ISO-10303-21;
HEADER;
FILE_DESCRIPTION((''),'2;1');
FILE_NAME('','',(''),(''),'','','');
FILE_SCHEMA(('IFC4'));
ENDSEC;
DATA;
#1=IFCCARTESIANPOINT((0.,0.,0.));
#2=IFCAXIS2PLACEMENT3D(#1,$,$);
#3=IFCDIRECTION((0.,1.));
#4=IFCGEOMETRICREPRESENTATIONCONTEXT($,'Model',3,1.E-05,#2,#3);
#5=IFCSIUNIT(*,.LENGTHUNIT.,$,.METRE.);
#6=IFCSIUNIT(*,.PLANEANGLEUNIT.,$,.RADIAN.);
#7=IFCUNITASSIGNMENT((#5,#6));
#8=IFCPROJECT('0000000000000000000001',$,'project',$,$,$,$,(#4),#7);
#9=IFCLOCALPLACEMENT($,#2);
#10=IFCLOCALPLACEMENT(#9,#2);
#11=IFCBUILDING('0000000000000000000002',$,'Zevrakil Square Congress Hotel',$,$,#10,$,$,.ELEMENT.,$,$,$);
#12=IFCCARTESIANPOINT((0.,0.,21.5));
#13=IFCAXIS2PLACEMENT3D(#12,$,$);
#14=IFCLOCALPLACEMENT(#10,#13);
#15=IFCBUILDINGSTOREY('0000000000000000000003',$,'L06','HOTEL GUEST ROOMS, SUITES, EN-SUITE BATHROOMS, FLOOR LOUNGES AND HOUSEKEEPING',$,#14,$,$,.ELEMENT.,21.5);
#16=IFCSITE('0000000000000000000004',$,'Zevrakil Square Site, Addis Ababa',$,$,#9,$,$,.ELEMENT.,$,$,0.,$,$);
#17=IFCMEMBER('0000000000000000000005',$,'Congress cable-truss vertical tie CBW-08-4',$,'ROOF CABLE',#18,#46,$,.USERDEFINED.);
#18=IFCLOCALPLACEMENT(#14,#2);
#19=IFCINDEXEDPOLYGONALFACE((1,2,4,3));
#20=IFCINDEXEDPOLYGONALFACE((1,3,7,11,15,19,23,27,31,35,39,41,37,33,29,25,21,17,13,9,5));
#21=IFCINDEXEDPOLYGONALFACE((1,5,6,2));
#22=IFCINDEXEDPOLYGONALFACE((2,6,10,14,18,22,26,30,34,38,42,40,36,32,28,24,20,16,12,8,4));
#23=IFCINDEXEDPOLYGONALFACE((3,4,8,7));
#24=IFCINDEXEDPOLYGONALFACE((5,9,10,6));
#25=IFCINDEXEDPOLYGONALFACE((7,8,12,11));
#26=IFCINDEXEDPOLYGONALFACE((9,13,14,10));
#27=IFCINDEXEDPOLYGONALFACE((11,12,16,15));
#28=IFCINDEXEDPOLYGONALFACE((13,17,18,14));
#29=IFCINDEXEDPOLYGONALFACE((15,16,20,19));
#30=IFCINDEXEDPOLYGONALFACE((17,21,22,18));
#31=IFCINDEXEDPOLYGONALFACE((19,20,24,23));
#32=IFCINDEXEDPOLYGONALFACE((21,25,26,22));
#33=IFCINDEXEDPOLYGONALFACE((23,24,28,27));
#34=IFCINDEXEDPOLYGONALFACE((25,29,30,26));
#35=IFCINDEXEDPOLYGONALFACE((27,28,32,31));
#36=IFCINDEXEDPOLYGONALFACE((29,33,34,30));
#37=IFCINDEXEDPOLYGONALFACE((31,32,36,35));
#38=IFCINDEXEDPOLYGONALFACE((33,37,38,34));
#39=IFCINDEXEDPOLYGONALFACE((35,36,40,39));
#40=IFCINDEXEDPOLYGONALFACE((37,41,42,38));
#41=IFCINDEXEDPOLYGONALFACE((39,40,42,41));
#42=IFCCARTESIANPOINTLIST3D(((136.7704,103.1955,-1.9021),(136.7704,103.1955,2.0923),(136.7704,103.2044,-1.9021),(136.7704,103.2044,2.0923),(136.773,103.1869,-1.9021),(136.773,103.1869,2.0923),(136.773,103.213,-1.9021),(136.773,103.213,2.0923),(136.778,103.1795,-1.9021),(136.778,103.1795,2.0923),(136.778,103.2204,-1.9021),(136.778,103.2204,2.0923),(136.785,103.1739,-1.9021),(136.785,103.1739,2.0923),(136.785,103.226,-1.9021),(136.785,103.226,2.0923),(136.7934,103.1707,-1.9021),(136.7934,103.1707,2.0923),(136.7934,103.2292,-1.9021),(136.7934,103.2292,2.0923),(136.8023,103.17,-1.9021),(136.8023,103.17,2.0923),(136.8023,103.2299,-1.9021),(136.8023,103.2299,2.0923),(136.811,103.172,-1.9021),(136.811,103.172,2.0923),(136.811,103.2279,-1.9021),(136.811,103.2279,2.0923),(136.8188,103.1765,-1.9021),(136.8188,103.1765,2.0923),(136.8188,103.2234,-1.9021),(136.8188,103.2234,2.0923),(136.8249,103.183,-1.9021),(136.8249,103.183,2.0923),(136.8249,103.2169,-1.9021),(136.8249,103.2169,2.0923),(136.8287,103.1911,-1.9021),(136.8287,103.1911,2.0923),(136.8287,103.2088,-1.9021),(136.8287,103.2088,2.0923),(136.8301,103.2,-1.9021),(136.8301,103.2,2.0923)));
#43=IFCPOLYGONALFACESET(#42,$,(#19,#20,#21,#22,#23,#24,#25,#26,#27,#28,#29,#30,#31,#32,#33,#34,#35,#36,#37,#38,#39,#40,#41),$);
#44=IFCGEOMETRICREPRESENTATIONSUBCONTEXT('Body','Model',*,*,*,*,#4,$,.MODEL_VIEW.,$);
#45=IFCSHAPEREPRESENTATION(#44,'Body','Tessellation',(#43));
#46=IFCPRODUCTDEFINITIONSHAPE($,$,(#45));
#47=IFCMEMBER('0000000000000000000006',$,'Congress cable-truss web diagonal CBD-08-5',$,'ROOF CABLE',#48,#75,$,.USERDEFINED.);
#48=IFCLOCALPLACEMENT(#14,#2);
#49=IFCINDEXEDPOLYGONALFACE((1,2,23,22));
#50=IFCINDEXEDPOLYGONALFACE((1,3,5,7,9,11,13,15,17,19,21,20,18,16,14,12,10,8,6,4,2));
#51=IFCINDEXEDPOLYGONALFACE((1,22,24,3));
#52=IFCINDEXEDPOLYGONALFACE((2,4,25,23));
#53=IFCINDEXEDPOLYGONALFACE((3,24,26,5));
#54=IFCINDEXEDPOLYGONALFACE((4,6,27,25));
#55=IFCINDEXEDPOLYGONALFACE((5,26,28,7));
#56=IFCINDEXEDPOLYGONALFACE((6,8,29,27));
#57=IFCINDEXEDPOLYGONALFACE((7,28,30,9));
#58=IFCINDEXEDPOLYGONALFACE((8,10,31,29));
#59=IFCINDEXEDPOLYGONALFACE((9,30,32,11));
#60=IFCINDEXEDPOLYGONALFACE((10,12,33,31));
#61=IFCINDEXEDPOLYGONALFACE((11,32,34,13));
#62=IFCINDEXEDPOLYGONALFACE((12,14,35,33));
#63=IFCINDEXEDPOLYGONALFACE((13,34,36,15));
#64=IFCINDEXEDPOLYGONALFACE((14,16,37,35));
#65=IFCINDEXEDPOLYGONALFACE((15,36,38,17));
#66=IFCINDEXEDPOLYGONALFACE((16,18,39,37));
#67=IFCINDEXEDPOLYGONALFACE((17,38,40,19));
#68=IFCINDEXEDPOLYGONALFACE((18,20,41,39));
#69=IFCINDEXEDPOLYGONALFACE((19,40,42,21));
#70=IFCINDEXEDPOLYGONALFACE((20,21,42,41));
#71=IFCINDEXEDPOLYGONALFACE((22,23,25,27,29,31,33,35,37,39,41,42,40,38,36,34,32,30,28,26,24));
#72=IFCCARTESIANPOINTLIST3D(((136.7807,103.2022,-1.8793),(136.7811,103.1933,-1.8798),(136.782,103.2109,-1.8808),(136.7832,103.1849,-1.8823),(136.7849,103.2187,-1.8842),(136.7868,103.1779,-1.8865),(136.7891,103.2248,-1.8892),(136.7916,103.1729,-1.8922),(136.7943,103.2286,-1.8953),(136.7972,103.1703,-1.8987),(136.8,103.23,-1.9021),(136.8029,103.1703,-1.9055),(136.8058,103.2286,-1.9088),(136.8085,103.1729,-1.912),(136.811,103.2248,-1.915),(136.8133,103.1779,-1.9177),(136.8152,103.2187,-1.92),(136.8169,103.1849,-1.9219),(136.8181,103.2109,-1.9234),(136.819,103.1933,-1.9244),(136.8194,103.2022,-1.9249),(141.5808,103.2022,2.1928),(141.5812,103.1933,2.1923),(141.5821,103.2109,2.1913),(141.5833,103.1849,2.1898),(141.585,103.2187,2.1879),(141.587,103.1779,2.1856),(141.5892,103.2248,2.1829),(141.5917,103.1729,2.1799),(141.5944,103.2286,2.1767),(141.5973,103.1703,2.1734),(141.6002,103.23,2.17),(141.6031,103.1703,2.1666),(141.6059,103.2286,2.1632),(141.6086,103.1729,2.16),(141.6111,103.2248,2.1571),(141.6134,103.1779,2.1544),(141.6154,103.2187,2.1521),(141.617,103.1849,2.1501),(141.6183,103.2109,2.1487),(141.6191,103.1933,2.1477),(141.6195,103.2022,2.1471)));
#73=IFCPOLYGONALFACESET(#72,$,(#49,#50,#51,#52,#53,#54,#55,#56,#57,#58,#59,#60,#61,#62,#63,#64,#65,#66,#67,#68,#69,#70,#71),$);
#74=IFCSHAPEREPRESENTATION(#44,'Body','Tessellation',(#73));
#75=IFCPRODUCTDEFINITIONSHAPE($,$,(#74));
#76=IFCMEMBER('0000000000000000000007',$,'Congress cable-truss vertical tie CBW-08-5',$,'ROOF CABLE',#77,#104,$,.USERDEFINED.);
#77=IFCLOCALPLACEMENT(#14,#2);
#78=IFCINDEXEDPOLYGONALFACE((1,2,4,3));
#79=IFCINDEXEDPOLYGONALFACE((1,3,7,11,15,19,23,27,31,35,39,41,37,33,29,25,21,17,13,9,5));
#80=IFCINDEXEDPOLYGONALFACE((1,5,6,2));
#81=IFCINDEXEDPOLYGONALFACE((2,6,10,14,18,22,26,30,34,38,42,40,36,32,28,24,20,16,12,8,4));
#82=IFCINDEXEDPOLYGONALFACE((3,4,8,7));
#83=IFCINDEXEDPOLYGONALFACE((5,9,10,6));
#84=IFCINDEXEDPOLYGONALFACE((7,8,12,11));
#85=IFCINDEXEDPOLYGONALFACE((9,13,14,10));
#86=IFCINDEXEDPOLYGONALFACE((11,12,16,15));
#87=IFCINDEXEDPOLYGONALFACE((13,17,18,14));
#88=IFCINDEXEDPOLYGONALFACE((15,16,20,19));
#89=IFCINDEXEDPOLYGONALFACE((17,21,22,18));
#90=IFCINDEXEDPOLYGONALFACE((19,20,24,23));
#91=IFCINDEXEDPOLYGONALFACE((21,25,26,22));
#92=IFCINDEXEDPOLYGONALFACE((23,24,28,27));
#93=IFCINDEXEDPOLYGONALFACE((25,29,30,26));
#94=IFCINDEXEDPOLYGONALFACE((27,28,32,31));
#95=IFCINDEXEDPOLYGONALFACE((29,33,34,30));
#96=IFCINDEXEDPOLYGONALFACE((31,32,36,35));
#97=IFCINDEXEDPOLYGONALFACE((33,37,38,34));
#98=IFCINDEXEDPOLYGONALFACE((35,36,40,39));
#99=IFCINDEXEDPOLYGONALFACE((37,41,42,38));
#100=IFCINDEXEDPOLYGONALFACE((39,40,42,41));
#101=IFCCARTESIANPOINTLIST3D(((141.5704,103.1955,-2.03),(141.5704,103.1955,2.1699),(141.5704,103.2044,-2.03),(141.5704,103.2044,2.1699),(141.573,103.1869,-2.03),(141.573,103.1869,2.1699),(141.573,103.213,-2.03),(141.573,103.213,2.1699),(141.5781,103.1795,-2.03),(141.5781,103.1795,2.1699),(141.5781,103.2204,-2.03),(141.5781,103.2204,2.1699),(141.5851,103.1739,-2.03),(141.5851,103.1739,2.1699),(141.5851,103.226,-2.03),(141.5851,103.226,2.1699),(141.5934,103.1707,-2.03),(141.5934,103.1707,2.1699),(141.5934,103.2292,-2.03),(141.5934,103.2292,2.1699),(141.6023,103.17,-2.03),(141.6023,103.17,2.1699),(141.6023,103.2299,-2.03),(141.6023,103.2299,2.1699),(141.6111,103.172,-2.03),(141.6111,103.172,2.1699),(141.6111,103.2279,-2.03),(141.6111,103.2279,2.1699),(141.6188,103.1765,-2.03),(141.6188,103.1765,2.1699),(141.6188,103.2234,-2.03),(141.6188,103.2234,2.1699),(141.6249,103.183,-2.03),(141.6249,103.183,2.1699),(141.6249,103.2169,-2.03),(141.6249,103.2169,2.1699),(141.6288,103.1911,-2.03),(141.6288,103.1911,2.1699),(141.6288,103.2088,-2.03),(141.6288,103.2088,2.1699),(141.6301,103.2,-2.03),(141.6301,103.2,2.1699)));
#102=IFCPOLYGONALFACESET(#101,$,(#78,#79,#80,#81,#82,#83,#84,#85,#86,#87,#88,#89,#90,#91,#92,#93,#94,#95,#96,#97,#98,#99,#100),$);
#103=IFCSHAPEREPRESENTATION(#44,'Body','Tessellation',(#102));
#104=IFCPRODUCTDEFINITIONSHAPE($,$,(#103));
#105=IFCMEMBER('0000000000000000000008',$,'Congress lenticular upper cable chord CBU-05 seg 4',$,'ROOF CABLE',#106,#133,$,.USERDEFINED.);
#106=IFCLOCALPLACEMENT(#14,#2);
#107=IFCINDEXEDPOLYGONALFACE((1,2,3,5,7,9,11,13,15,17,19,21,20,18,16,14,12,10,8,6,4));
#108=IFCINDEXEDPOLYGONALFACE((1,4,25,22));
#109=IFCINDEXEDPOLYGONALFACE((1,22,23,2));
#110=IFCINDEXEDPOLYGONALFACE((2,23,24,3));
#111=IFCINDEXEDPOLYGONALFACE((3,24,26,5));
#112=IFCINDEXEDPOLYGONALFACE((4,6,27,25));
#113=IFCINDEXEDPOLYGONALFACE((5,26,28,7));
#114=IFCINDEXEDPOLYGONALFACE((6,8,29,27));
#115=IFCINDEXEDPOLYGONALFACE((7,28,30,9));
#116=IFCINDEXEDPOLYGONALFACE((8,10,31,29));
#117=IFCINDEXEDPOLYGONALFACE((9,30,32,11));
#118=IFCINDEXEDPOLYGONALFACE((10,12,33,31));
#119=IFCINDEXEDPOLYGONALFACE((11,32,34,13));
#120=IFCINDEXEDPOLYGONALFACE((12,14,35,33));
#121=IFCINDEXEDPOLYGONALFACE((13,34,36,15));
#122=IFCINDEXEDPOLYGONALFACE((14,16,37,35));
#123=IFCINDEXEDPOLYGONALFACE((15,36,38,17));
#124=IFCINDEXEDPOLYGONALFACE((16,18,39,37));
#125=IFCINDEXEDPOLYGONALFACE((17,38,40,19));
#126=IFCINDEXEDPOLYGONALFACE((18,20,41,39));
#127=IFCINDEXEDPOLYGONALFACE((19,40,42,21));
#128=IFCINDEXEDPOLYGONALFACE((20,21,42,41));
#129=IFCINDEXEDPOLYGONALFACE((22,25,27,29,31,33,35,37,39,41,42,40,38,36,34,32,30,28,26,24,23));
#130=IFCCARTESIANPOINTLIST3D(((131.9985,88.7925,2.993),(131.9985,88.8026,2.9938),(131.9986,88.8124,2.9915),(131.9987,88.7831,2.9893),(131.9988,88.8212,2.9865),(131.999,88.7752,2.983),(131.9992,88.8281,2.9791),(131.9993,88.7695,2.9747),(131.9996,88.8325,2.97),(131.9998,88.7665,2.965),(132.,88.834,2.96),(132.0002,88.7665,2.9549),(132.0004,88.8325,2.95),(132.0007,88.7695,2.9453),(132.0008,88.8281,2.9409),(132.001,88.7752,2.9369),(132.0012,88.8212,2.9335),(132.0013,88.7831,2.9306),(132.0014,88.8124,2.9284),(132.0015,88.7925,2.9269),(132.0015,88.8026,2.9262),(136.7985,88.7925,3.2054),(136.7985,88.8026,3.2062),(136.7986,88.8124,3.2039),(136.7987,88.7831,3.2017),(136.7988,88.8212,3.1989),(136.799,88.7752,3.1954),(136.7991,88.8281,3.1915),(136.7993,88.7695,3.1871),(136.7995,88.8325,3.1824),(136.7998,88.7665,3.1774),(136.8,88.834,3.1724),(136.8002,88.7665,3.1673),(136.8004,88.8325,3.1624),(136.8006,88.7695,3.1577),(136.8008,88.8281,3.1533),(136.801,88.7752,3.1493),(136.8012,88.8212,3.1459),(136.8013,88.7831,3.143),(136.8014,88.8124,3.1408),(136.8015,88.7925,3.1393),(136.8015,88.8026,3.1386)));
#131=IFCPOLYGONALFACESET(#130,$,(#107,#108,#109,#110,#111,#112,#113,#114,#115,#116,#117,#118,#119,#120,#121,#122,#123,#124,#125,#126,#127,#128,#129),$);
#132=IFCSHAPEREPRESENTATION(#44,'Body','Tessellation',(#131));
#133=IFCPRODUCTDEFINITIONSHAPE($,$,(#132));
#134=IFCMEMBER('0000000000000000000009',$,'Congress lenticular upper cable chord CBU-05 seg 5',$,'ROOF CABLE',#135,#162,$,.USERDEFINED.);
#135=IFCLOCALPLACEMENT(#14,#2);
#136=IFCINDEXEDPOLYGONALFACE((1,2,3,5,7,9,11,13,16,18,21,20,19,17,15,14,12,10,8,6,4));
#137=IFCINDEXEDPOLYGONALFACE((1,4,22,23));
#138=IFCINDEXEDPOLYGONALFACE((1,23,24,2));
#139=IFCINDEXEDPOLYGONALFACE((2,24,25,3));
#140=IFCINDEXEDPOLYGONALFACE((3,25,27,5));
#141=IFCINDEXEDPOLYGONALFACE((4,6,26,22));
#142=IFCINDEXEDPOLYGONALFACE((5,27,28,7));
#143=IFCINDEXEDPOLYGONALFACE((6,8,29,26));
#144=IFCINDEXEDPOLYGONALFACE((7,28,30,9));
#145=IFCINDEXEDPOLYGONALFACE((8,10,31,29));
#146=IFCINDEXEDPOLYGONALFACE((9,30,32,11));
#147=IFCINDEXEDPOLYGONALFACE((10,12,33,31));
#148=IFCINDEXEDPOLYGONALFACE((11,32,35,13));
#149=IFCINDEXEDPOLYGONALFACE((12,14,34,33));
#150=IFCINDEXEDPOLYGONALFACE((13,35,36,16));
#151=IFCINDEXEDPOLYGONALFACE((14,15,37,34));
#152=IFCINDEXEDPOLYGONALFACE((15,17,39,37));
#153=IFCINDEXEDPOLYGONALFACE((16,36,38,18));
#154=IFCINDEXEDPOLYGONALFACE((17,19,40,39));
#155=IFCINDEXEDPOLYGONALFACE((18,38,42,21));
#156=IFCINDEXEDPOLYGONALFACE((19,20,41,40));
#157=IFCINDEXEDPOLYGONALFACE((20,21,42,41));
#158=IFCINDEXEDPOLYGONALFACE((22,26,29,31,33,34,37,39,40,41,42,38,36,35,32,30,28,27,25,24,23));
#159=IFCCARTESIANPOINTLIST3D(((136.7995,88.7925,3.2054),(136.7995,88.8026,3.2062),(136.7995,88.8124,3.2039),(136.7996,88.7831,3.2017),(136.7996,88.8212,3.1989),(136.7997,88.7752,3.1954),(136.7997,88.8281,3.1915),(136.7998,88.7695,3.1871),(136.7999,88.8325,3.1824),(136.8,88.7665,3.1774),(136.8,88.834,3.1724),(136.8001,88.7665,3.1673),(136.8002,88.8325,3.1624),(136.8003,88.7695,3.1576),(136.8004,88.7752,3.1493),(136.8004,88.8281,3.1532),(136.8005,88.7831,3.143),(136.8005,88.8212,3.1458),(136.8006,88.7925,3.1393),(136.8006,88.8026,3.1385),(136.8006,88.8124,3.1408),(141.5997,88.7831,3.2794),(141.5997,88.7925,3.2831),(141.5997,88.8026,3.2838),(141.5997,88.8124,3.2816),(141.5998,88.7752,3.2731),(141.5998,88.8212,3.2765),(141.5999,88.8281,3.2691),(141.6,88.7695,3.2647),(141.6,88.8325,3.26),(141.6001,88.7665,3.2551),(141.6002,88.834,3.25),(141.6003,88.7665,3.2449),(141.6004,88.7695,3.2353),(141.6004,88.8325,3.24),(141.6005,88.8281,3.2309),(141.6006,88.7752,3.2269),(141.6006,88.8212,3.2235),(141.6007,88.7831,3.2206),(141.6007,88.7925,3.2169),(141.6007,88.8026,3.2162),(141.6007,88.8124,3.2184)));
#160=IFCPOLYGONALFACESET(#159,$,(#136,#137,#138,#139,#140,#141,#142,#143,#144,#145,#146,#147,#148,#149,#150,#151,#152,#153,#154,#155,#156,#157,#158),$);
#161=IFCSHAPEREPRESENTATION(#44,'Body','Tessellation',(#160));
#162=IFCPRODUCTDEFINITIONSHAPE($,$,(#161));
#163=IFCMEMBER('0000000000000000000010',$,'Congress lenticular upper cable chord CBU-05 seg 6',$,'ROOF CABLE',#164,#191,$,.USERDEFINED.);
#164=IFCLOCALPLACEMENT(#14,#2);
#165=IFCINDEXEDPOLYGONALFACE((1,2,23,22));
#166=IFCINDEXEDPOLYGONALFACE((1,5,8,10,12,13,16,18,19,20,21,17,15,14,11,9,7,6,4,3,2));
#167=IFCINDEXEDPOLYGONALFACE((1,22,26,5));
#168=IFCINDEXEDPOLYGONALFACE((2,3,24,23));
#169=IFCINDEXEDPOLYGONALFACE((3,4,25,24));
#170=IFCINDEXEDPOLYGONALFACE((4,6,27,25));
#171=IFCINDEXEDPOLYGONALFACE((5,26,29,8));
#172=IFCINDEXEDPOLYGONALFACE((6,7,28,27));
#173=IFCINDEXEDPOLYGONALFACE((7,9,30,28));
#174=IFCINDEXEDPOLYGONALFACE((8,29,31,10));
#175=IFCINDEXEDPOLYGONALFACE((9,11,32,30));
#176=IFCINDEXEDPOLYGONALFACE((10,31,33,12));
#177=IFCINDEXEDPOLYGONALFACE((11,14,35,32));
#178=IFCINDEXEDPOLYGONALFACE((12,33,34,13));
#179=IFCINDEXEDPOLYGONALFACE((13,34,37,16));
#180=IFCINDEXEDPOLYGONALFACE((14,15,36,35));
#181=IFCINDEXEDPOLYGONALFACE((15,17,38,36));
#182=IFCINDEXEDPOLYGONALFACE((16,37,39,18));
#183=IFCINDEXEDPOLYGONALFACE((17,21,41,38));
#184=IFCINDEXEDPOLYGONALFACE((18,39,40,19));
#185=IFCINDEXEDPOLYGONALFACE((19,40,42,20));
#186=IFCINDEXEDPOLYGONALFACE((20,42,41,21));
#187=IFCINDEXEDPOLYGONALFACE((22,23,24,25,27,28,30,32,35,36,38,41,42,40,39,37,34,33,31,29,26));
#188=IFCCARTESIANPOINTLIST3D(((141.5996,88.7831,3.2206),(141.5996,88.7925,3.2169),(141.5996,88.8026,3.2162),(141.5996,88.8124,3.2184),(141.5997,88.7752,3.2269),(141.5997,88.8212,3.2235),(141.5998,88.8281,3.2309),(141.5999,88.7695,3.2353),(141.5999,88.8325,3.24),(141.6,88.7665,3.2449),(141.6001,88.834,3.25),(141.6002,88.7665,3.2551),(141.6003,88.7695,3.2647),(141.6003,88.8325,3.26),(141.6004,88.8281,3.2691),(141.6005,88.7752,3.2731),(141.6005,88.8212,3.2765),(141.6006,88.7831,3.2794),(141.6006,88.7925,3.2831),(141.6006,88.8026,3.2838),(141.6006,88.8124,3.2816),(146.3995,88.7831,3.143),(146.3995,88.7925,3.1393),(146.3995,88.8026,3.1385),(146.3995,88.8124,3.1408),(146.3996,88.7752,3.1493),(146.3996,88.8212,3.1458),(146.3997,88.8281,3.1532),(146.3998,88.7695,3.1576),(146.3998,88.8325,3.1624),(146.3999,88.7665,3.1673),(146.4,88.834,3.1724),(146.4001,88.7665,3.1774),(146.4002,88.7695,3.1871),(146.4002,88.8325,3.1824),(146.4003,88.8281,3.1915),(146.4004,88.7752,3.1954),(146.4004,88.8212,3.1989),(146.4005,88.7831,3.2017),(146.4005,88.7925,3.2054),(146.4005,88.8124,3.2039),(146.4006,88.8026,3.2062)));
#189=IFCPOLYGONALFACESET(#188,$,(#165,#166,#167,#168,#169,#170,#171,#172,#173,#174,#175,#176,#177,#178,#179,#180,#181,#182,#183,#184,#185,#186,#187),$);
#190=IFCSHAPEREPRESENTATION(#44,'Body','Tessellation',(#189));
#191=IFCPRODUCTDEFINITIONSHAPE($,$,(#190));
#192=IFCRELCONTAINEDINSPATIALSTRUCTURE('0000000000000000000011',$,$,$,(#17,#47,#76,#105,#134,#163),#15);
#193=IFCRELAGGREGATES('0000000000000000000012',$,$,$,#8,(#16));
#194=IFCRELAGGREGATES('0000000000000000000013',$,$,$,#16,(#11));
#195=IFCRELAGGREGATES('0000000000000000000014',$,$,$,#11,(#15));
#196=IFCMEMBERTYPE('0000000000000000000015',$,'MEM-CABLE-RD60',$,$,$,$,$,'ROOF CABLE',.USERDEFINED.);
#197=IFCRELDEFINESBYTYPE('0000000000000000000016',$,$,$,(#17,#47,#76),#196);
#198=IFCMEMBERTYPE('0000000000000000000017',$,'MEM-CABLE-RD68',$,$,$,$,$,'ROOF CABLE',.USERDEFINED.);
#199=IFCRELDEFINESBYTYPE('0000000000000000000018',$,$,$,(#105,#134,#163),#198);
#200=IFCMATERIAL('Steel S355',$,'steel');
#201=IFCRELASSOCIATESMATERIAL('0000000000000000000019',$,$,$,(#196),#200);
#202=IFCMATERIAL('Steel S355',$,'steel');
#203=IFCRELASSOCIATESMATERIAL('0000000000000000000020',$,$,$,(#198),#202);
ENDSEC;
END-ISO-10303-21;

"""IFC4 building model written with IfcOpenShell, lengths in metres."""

from ifc_helpers import new_model, si_unit, direction, frame, origin, origin_2d, place, context, subcontext, project, spatial, circle, extrude, material, material_profile, profile_set, type_object, element, save


model = new_model("IFC4")

# Units and contexts
model_context = context("Model", 3, precision=1e-05, world=origin(), true_north=direction((0.0, 1.0)))
body_context = subcontext(model_context, "Body", "Model", "MODEL_VIEW")
ifc_project = project(units=[si_unit("LENGTHUNIT", "METRE"), si_unit("PLANEANGLEUNIT", "RADIAN")], contexts=[model_context])

# Site, building, storey
site_placement = place(None, origin())
site = spatial("IfcSite", under=ifc_project, at=site_placement, Name="Zevrakil Square Site, Addis Ababa", CompositionType="ELEMENT", RefElevation=0.0)
building_placement = place(site_placement, origin())
building = spatial("IfcBuilding", under=site, at=building_placement, Name="Zevrakil Square Congress Hotel", CompositionType="ELEMENT")
storey_placement = place(building_placement, frame((0.0, 0.0, 21.5)))
storey = spatial("IfcBuildingStorey", under=building, at=storey_placement, Name="L06", Description="HOTEL GUEST ROOMS, SUITES, EN-SUITE BATHROOMS, FLOOR LOUNGES AND HOUSEKEEPING", CompositionType="ELEMENT", Elevation=21.5)

# Members
ifc_material_1 = material(Name="Steel S355", Category="steel")
ifc_material_profile_1 = material_profile(ifc_material_1, circle(Radius=0.03, at=origin_2d()), Name="CABLE RD60")
ifc_profile_set_1 = profile_set([ifc_material_profile_1], Name="Steel S355")
member_type_1 = type_object("IfcMemberType", Name="MEM-CABLE-RD60", ElementType="ROOF CABLE", PredefinedType="USERDEFINED", material=ifc_profile_set_1)
member_1_placement = place(storey_placement, frame((136.8, 103.2, -1.9021), z_axis=(0.0, 0.0, 1.0), x_axis=(1.0, 0.0, 0.0)))
element("IfcMember", 1, at=member_1_placement, inside=storey, type_object=member_type_1, Name="Congress cable-truss vertical tie CBW-08-4", ObjectType="ROOF CABLE", PredefinedType="USERDEFINED", context=body_context, shape_type="SweptSolid", body=[
    extrude(circle(Radius=0.03, at=origin_2d()), origin(), (0.0, 0.0, 1.0), 3.9944),
])
member_2_placement = place(storey_placement, frame((136.8, 103.2, -1.9021), z_axis=(0.762568, 0.0, 0.646908), x_axis=(0.0, 1.0, 0.0)))
element("IfcMember", 2, at=member_2_placement, inside=storey, type_object=member_type_1, Name="Congress cable-truss web diagonal CBD-08-5", ObjectType="ROOF CABLE", PredefinedType="USERDEFINED", context=body_context, shape_type="SweptSolid", body=[
    extrude(circle(Radius=0.03, at=origin_2d()), origin(), (0.0, 0.0, 1.0), 6.2947),
])
member_3_placement = place(storey_placement, frame((141.6001, 103.2, -2.03), z_axis=(0.0, 0.0, 1.0), x_axis=(1.0, 0.0, 0.0)))
element("IfcMember", 3, at=member_3_placement, inside=storey, type_object=member_type_1, Name="Congress cable-truss vertical tie CBW-08-5", ObjectType="ROOF CABLE", PredefinedType="USERDEFINED", context=body_context, shape_type="SweptSolid", body=[
    extrude(circle(Radius=0.03, at=origin_2d()), origin(), (0.0, 0.0, 1.0), 4.2),
])
ifc_material_2 = material(Name="Steel S355", Category="steel")
ifc_material_profile_2 = material_profile(ifc_material_2, circle(Radius=0.0339, at=origin_2d()), Name="CABLE RD68")
ifc_profile_set_2 = profile_set([ifc_material_profile_2], Name="Steel S355")
member_type_2 = type_object("IfcMemberType", Name="MEM-CABLE-RD68", ElementType="ROOF CABLE", PredefinedType="USERDEFINED", material=ifc_profile_set_2)
member_4_placement = place(storey_placement, frame((132.0, 88.8, 2.96), z_axis=(0.999022, 0.0, 0.044207), x_axis=(0.0, 1.0, 0.0)))
element("IfcMember", 4, at=member_4_placement, inside=storey, type_object=member_type_2, Name="Congress lenticular upper cable chord CBU-05 seg 4", ObjectType="ROOF CABLE", PredefinedType="USERDEFINED", context=body_context, shape_type="SweptSolid", body=[
    extrude(circle(Radius=0.0339, at=origin_2d()), origin(), (0.0, 0.0, 1.0), 4.8047),
])
member_5_placement = place(storey_placement, frame((136.8, 88.8, 3.1724), z_axis=(0.999869, 0.0, 0.016172), x_axis=(0.0, 1.0, 0.0)))
element("IfcMember", 5, at=member_5_placement, inside=storey, type_object=member_type_2, Name="Congress lenticular upper cable chord CBU-05 seg 5", ObjectType="ROOF CABLE", PredefinedType="USERDEFINED", context=body_context, shape_type="SweptSolid", body=[
    extrude(circle(Radius=0.0339, at=origin_2d()), origin(), (0.0, 0.0, 1.0), 4.8008),
])
member_6_placement = place(storey_placement, frame((141.6001, 88.8, 3.25), z_axis=(0.999869, 0.0, -0.016173), x_axis=(0.0, 1.0, 0.0)))
element("IfcMember", 6, at=member_6_placement, inside=storey, type_object=member_type_2, Name="Congress lenticular upper cable chord CBU-05 seg 6", ObjectType="ROOF CABLE", PredefinedType="USERDEFINED", context=body_context, shape_type="SweptSolid", body=[
    extrude(circle(Radius=0.0339, at=origin_2d()), origin(), (0.0, 0.0, 1.0), 4.8005),
])

save(model, "model.ifc")
